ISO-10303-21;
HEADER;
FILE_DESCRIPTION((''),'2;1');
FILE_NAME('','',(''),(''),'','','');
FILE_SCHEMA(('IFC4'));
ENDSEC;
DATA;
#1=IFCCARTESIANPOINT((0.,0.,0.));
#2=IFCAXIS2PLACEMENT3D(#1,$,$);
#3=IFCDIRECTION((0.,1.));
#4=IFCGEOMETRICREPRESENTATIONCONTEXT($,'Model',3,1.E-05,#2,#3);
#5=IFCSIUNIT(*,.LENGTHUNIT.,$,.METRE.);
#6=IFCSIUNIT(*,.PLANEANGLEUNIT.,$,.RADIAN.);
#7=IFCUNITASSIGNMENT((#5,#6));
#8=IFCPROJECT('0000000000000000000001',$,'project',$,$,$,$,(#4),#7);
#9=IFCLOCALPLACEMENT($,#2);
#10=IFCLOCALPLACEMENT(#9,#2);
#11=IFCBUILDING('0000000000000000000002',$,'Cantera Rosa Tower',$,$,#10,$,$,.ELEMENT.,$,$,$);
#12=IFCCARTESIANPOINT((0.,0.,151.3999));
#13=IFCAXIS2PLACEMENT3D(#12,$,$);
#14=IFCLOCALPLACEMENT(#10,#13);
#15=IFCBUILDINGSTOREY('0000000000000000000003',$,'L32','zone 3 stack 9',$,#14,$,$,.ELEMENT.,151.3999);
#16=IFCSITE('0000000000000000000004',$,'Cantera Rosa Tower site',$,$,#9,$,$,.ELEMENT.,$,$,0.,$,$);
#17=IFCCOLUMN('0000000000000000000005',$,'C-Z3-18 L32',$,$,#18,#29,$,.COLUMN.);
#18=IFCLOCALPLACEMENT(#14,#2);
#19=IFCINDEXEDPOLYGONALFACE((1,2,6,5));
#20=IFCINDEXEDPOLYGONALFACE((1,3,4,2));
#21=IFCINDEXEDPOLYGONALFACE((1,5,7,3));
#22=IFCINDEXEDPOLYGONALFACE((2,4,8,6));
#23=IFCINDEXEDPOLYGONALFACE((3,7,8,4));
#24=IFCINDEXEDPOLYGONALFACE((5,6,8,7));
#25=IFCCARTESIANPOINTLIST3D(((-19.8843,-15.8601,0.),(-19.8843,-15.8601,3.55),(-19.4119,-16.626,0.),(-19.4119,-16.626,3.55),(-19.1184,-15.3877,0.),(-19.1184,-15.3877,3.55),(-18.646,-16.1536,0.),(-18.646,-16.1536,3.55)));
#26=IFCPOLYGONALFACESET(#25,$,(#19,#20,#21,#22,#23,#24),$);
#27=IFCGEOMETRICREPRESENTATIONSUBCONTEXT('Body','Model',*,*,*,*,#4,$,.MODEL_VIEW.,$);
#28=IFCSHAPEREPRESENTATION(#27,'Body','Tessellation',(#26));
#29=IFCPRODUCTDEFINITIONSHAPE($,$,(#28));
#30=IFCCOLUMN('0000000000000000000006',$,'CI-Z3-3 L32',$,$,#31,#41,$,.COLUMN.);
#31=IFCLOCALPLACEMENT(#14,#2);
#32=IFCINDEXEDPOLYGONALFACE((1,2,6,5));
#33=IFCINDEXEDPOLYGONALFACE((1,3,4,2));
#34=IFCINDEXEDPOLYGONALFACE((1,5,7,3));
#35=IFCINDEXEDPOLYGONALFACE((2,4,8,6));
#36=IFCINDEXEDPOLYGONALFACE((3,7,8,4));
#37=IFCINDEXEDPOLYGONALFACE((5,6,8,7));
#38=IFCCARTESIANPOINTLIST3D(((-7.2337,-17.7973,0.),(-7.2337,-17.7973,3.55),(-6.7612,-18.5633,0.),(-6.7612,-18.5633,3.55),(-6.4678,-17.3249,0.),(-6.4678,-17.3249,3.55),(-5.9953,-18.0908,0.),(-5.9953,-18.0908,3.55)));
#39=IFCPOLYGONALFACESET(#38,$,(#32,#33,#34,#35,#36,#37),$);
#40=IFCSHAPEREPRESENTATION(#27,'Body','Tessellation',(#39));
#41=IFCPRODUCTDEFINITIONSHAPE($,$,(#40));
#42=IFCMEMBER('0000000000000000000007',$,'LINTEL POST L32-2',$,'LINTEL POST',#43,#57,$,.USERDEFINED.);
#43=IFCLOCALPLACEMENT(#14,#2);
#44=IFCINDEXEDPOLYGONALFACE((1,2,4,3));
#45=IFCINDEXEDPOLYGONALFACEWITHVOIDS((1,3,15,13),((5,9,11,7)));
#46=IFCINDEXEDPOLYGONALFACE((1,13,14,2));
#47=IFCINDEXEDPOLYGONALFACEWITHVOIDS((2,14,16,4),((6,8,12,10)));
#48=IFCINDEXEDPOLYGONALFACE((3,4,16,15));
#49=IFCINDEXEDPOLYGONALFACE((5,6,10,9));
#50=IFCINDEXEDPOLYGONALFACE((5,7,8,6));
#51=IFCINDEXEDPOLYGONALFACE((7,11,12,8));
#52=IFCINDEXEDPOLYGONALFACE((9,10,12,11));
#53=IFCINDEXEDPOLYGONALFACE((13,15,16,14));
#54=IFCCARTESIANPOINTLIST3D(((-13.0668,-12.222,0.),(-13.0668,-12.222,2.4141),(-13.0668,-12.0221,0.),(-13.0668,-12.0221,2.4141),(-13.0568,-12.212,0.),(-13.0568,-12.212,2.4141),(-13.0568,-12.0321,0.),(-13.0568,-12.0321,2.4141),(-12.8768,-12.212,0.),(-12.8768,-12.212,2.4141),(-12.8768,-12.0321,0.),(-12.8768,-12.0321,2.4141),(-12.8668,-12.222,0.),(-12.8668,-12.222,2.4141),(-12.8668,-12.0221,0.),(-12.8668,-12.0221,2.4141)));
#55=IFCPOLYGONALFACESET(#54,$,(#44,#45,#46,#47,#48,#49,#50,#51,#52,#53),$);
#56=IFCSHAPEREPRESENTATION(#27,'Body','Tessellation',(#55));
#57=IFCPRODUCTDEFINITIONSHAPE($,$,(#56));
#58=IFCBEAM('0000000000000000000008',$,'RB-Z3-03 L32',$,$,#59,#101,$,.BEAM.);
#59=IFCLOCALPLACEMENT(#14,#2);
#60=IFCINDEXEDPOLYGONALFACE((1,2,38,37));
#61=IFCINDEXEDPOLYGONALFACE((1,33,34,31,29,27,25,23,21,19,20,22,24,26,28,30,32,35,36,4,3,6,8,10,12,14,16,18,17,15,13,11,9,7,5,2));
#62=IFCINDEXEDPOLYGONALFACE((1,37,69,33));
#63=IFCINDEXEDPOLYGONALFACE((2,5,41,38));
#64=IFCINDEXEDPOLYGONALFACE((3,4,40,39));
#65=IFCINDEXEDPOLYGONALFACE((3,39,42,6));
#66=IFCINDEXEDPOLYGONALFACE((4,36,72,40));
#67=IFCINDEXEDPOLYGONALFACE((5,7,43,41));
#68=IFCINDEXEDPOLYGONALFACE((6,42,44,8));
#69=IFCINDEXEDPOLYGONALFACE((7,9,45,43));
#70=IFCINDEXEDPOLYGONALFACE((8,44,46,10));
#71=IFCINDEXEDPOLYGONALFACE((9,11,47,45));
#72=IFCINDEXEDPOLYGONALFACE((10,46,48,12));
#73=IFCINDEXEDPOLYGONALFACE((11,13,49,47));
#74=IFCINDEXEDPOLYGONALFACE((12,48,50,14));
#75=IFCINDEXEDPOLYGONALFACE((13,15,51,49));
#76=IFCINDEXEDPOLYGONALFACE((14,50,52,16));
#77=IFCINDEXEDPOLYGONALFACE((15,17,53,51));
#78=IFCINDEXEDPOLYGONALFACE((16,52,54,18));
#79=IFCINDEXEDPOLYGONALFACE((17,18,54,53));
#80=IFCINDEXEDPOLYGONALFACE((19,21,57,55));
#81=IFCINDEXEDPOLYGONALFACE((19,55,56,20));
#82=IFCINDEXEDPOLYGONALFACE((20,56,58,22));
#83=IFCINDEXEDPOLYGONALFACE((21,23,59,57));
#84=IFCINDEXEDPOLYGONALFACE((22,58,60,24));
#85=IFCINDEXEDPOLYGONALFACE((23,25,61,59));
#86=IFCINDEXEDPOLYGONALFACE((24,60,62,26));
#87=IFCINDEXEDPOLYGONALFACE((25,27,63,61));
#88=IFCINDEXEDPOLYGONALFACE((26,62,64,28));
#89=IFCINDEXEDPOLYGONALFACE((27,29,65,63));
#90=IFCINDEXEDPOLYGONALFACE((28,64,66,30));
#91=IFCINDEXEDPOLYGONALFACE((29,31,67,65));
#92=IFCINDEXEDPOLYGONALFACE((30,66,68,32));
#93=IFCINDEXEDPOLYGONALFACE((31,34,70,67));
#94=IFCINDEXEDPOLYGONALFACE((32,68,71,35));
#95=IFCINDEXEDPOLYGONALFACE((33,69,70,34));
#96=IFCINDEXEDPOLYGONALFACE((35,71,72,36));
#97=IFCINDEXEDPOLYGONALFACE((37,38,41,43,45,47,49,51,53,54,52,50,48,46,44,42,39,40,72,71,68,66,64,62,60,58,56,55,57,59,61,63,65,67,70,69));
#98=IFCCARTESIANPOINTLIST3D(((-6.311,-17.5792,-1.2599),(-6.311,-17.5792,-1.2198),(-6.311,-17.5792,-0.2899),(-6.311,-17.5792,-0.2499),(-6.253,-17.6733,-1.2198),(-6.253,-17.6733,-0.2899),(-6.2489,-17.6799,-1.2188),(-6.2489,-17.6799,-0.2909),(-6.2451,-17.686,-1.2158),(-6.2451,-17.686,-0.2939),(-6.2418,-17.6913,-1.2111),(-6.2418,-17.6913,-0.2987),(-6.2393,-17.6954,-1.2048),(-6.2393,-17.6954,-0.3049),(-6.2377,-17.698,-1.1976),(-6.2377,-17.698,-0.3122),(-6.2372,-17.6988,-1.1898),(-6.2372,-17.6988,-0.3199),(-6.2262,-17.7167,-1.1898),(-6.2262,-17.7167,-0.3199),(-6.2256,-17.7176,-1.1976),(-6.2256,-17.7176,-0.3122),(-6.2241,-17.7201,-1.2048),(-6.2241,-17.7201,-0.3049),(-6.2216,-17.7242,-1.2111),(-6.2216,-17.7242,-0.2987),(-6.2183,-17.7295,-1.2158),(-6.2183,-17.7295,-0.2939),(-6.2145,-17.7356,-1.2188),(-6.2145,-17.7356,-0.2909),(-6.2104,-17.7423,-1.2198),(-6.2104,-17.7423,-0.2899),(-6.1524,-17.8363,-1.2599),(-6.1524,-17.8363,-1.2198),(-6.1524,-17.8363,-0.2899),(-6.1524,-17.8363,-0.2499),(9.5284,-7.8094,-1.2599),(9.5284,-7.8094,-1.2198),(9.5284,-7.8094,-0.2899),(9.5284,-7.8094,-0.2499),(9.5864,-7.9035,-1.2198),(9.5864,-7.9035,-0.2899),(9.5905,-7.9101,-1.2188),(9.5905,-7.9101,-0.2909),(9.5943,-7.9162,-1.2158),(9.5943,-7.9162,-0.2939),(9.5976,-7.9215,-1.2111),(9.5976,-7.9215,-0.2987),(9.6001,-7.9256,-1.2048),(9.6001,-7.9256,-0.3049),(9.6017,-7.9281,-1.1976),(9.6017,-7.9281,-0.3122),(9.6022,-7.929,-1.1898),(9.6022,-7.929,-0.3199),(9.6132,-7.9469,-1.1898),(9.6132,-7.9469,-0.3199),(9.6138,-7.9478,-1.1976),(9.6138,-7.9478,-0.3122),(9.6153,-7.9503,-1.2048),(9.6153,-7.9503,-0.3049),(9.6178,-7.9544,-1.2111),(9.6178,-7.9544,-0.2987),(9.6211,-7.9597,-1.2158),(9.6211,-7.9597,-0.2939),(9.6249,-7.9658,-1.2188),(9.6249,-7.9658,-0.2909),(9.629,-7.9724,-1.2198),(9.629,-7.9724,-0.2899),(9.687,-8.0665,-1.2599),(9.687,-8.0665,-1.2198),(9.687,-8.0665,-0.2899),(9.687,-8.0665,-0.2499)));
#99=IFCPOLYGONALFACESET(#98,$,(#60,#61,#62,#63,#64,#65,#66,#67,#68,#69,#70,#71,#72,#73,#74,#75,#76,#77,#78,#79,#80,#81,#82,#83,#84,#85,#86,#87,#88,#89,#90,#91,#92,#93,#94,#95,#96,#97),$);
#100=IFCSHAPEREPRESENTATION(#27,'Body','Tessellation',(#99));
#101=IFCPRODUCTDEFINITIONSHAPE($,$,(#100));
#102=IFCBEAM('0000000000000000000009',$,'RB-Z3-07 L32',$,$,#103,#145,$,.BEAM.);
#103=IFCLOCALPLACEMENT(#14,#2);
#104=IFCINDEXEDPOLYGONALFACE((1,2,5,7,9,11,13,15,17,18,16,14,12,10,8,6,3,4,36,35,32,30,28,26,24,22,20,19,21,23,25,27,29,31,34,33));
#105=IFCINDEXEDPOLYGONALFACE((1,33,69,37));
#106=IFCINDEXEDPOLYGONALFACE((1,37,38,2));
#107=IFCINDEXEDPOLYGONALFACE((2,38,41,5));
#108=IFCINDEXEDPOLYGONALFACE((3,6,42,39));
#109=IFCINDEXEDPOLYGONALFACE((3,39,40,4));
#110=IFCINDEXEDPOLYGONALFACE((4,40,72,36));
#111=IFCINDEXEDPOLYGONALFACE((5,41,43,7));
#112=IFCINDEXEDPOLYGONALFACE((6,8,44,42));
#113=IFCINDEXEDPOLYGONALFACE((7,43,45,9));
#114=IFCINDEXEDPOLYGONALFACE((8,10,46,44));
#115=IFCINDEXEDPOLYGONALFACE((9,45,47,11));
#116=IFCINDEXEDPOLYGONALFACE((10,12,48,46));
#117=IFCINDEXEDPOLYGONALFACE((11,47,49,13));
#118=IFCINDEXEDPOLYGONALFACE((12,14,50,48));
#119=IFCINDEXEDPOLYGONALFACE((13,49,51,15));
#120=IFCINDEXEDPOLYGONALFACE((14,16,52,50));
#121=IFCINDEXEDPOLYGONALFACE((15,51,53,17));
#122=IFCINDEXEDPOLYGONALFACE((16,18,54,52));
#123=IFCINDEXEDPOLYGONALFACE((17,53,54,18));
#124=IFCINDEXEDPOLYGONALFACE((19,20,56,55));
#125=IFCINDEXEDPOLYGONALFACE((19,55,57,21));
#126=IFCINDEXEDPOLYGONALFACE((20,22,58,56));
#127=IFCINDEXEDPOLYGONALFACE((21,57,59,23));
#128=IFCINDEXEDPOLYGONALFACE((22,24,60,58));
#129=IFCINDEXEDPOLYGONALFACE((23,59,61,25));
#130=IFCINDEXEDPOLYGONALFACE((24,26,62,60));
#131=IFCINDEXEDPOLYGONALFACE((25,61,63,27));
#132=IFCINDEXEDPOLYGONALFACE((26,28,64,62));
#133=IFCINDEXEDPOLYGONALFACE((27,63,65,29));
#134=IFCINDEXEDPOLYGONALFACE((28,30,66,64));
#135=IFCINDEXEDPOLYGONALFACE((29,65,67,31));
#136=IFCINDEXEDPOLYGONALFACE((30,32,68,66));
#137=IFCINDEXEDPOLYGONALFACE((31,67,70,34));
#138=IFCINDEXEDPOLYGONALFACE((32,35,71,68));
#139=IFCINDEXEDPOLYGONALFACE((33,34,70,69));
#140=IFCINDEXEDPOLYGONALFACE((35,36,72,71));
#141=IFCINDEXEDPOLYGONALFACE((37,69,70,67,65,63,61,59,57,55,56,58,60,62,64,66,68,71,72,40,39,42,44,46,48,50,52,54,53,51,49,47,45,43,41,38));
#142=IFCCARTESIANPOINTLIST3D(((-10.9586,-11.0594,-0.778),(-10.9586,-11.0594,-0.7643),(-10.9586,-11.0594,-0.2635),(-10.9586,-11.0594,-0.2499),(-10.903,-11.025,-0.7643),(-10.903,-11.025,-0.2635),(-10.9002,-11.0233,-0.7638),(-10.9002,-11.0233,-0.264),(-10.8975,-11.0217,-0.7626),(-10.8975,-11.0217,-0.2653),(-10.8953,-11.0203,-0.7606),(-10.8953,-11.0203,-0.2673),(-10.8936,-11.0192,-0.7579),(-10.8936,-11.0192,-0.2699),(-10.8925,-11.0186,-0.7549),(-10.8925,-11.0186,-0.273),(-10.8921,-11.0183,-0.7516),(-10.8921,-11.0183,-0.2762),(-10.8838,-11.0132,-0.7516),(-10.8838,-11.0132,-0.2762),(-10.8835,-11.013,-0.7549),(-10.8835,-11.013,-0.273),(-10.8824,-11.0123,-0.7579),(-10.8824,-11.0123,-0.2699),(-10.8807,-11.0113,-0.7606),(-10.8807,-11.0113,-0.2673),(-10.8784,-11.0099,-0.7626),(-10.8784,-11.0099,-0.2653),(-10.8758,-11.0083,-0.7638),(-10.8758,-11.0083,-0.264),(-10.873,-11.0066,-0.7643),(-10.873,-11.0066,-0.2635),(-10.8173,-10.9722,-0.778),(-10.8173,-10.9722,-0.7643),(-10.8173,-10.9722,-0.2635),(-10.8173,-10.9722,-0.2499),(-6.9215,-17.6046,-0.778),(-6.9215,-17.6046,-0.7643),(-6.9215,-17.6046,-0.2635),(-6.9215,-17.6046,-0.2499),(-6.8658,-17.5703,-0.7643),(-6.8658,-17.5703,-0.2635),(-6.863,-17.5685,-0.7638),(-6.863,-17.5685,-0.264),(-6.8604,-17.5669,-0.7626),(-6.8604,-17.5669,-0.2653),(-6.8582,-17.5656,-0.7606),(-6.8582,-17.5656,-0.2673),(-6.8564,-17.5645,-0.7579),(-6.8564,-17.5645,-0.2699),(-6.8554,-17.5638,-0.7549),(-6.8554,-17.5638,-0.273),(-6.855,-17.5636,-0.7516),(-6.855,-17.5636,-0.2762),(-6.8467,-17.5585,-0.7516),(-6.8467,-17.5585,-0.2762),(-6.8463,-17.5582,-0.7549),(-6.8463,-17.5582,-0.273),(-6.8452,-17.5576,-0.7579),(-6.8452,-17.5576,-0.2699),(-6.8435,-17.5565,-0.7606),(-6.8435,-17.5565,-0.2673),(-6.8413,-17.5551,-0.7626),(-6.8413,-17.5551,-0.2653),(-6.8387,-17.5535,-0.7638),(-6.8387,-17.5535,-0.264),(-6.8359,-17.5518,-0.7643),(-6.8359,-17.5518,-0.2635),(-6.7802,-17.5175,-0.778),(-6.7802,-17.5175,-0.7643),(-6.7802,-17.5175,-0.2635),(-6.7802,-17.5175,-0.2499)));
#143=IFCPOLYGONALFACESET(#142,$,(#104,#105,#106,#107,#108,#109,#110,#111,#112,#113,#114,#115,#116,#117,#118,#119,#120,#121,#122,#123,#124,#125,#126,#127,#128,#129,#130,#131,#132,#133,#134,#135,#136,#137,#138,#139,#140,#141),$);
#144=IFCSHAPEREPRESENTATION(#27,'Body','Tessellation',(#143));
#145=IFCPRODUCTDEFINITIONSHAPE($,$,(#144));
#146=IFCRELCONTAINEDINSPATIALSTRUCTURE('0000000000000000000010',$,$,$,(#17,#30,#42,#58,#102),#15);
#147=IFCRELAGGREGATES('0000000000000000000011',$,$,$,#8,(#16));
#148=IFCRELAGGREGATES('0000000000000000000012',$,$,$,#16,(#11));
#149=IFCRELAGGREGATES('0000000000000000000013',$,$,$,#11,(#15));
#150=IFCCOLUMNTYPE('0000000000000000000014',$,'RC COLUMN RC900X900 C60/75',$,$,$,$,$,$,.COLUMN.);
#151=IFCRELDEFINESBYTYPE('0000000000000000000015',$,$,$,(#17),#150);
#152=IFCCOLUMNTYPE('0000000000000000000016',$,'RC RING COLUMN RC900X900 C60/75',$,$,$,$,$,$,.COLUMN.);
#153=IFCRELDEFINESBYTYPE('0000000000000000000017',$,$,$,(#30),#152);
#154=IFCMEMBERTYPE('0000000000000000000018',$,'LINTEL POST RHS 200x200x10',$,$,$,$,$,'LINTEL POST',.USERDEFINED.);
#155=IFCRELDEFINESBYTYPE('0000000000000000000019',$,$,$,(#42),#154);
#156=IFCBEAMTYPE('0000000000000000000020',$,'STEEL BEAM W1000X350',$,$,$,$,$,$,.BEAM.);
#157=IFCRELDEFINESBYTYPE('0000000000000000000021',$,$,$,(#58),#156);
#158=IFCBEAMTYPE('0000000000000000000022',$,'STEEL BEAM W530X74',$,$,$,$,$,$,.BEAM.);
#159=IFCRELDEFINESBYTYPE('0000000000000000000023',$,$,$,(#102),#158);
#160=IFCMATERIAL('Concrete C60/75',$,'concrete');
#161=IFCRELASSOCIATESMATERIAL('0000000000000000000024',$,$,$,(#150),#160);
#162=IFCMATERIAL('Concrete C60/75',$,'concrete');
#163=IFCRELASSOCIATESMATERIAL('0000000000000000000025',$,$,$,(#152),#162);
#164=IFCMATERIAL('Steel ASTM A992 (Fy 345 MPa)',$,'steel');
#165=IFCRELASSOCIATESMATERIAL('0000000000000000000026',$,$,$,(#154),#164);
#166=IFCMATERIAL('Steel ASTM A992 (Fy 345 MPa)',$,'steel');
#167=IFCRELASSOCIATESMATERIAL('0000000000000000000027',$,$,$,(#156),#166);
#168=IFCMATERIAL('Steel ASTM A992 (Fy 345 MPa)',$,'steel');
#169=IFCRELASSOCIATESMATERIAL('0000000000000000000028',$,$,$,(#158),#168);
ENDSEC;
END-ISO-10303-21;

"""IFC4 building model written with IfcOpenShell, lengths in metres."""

from ifc_helpers import new_model, si_unit, direction, frame, origin, origin_2d, place, context, subcontext, project, spatial, rectangle, hollow_rectangle, i_section, extrude, material, material_profile, profile_set, type_object, element, save


model = new_model("IFC4")

# Units and contexts
model_context = context("Model", 3, precision=1e-05, world=origin(), true_north=direction((0.0, 1.0)))
body_context = subcontext(model_context, "Body", "Model", "MODEL_VIEW")
ifc_project = project(units=[si_unit("LENGTHUNIT", "METRE"), si_unit("PLANEANGLEUNIT", "RADIAN")], contexts=[model_context])

# Site, building, storey
site_placement = place(None, origin())
site = spatial("IfcSite", under=ifc_project, at=site_placement, Name="Cantera Rosa Tower site", CompositionType="ELEMENT", RefElevation=0.0)
building_placement = place(site_placement, origin())
building = spatial("IfcBuilding", under=site, at=building_placement, Name="Cantera Rosa Tower", CompositionType="ELEMENT")
storey_placement = place(building_placement, frame((0.0, 0.0, 151.3999)))
storey = spatial("IfcBuildingStorey", under=building, at=storey_placement, Name="L32", Description="zone 3 stack 9", CompositionType="ELEMENT", Elevation=151.3999)

# Columns
ifc_material_1 = material(Name="Concrete C60/75", Category="concrete")
ifc_material_profile_1 = material_profile(ifc_material_1, rectangle(XDim=0.8999, YDim=0.8999, at=origin_2d()), Name="RC COLUMN RC900X900 C60/75")
ifc_profile_set_1 = profile_set([ifc_material_profile_1], Name="Concrete C60/75")
column_type_1 = type_object("IfcColumnType", Name="RC COLUMN RC900X900 C60/75", PredefinedType="COLUMN", material=ifc_profile_set_1)
column_1_placement = place(storey_placement, frame((-19.2651, -16.0068, 0.0), z_axis=(0.0, 0.0, 1.0), x_axis=(0.851117, 0.524977, 0.0)))
element("IfcColumn", 1, at=column_1_placement, inside=storey, type_object=column_type_1, Name="C-Z3-18 L32", PredefinedType="COLUMN", context=body_context, shape_type="SweptSolid", body=[
    extrude(rectangle(XDim=0.8999, YDim=0.8999, at=origin_2d()), origin(), (0.0, 0.0, 1.0), 3.55),
])
ifc_material_2 = material(Name="Concrete C60/75", Category="concrete")
ifc_material_profile_2 = material_profile(ifc_material_2, rectangle(XDim=0.8999, YDim=0.8999, at=origin_2d()), Name="RC RING COLUMN RC900X900 C60/75")
ifc_profile_set_2 = profile_set([ifc_material_profile_2], Name="Concrete C60/75")
column_type_2 = type_object("IfcColumnType", Name="RC RING COLUMN RC900X900 C60/75", PredefinedType="COLUMN", material=ifc_profile_set_2)
column_2_placement = place(storey_placement, frame((-6.6145, -17.9441, 0.0), z_axis=(0.0, 0.0, 1.0), x_axis=(0.851117, 0.524977, 0.0)))
element("IfcColumn", 2, at=column_2_placement, inside=storey, type_object=column_type_2, Name="CI-Z3-3 L32", PredefinedType="COLUMN", context=body_context, shape_type="SweptSolid", body=[
    extrude(rectangle(XDim=0.8999, YDim=0.8999, at=origin_2d()), origin(), (0.0, 0.0, 1.0), 3.55),
])

# Member
ifc_material_3 = material(Name="Steel ASTM A992 (Fy 345 MPa)", Category="steel")
ifc_material_profile_3 = material_profile(ifc_material_3, hollow_rectangle(XDim=0.2, YDim=0.2, WallThickness=0.01, at=origin_2d()), Name="LINTEL POST RHS 200x200x10")
ifc_profile_set_3 = profile_set([ifc_material_profile_3], Name="Steel ASTM A992 (Fy 345 MPa)")
member_type = type_object("IfcMemberType", Name="LINTEL POST RHS 200x200x10", ElementType="LINTEL POST", PredefinedType="USERDEFINED", material=ifc_profile_set_3)
member_placement = place(storey_placement, frame((-12.9668, -12.1221, 0.0), z_axis=(0.0, 0.0, 1.0), x_axis=(1.0, 0.0, 0.0)))
element("IfcMember", 3, at=member_placement, inside=storey, type_object=member_type, Name="LINTEL POST L32-2", ObjectType="LINTEL POST", PredefinedType="USERDEFINED", context=body_context, shape_type="SweptSolid", body=[
    extrude(hollow_rectangle(XDim=0.2, YDim=0.2, WallThickness=0.01, at=origin_2d()), origin(), (0.0, 0.0, 1.0), 2.4141),
])

# Beams
ifc_material_4 = material(Name="Steel ASTM A992 (Fy 345 MPa)", Category="steel")
ifc_material_profile_4 = material_profile(ifc_material_4, i_section(OverallWidth=0.302, OverallDepth=1.01, WebThickness=0.021, FlangeThickness=0.04, FilletRadius=0.03, at=origin_2d()), Name="W1000X350")
ifc_profile_set_4 = profile_set([ifc_material_profile_4], Name="Steel ASTM A992 (Fy 345 MPa)")
beam_type_1 = type_object("IfcBeamType", Name="STEEL BEAM W1000X350", PredefinedType="BEAM", material=ifc_profile_set_4)
beam_1_placement = place(storey_placement, frame((-6.2317, -17.7078, -0.7549), z_axis=(0.851119, 0.524973, 0.0), x_axis=(-0.524973, 0.851119, 0.0)))
element("IfcBeam", 4, at=beam_1_placement, inside=storey, type_object=beam_type_1, Name="RB-Z3-03 L32", PredefinedType="BEAM", context=body_context, shape_type="SweptSolid", body=[
    extrude(i_section(OverallWidth=0.302, OverallDepth=1.01, WebThickness=0.021, FlangeThickness=0.04, FilletRadius=0.03, at=origin_2d()), origin(), (0.0, 0.0, 1.0), 18.6101),
])
ifc_material_5 = material(Name="Steel ASTM A992 (Fy 345 MPa)", Category="steel")
ifc_material_profile_5 = material_profile(ifc_material_5, i_section(OverallWidth=0.166, OverallDepth=0.5281, WebThickness=0.0098, FlangeThickness=0.0137, FilletRadius=0.0127, at=origin_2d()), Name="W530X74")
ifc_profile_set_5 = profile_set([ifc_material_profile_5], Name="Steel ASTM A992 (Fy 345 MPa)")
beam_type_2 = type_object("IfcBeamType", Name="STEEL BEAM W530X74", PredefinedType="BEAM", material=ifc_profile_set_5)
beam_2_placement = place(storey_placement, frame((-6.8508, -17.561, -0.5139), z_axis=(-0.524976, 0.851117, 0.0), x_axis=(-0.851117, -0.524976, 0.0)))
element("IfcBeam", 5, at=beam_2_placement, inside=storey, type_object=beam_type_2, Name="RB-Z3-07 L32", PredefinedType="BEAM", context=body_context, shape_type="SweptSolid", body=[
    extrude(i_section(OverallWidth=0.166, OverallDepth=0.5281, WebThickness=0.0098, FlangeThickness=0.0137, FilletRadius=0.0127, at=origin_2d()), origin(), (0.0, 0.0, 1.0), 7.6902),
])

save(model, "model.ifc")
